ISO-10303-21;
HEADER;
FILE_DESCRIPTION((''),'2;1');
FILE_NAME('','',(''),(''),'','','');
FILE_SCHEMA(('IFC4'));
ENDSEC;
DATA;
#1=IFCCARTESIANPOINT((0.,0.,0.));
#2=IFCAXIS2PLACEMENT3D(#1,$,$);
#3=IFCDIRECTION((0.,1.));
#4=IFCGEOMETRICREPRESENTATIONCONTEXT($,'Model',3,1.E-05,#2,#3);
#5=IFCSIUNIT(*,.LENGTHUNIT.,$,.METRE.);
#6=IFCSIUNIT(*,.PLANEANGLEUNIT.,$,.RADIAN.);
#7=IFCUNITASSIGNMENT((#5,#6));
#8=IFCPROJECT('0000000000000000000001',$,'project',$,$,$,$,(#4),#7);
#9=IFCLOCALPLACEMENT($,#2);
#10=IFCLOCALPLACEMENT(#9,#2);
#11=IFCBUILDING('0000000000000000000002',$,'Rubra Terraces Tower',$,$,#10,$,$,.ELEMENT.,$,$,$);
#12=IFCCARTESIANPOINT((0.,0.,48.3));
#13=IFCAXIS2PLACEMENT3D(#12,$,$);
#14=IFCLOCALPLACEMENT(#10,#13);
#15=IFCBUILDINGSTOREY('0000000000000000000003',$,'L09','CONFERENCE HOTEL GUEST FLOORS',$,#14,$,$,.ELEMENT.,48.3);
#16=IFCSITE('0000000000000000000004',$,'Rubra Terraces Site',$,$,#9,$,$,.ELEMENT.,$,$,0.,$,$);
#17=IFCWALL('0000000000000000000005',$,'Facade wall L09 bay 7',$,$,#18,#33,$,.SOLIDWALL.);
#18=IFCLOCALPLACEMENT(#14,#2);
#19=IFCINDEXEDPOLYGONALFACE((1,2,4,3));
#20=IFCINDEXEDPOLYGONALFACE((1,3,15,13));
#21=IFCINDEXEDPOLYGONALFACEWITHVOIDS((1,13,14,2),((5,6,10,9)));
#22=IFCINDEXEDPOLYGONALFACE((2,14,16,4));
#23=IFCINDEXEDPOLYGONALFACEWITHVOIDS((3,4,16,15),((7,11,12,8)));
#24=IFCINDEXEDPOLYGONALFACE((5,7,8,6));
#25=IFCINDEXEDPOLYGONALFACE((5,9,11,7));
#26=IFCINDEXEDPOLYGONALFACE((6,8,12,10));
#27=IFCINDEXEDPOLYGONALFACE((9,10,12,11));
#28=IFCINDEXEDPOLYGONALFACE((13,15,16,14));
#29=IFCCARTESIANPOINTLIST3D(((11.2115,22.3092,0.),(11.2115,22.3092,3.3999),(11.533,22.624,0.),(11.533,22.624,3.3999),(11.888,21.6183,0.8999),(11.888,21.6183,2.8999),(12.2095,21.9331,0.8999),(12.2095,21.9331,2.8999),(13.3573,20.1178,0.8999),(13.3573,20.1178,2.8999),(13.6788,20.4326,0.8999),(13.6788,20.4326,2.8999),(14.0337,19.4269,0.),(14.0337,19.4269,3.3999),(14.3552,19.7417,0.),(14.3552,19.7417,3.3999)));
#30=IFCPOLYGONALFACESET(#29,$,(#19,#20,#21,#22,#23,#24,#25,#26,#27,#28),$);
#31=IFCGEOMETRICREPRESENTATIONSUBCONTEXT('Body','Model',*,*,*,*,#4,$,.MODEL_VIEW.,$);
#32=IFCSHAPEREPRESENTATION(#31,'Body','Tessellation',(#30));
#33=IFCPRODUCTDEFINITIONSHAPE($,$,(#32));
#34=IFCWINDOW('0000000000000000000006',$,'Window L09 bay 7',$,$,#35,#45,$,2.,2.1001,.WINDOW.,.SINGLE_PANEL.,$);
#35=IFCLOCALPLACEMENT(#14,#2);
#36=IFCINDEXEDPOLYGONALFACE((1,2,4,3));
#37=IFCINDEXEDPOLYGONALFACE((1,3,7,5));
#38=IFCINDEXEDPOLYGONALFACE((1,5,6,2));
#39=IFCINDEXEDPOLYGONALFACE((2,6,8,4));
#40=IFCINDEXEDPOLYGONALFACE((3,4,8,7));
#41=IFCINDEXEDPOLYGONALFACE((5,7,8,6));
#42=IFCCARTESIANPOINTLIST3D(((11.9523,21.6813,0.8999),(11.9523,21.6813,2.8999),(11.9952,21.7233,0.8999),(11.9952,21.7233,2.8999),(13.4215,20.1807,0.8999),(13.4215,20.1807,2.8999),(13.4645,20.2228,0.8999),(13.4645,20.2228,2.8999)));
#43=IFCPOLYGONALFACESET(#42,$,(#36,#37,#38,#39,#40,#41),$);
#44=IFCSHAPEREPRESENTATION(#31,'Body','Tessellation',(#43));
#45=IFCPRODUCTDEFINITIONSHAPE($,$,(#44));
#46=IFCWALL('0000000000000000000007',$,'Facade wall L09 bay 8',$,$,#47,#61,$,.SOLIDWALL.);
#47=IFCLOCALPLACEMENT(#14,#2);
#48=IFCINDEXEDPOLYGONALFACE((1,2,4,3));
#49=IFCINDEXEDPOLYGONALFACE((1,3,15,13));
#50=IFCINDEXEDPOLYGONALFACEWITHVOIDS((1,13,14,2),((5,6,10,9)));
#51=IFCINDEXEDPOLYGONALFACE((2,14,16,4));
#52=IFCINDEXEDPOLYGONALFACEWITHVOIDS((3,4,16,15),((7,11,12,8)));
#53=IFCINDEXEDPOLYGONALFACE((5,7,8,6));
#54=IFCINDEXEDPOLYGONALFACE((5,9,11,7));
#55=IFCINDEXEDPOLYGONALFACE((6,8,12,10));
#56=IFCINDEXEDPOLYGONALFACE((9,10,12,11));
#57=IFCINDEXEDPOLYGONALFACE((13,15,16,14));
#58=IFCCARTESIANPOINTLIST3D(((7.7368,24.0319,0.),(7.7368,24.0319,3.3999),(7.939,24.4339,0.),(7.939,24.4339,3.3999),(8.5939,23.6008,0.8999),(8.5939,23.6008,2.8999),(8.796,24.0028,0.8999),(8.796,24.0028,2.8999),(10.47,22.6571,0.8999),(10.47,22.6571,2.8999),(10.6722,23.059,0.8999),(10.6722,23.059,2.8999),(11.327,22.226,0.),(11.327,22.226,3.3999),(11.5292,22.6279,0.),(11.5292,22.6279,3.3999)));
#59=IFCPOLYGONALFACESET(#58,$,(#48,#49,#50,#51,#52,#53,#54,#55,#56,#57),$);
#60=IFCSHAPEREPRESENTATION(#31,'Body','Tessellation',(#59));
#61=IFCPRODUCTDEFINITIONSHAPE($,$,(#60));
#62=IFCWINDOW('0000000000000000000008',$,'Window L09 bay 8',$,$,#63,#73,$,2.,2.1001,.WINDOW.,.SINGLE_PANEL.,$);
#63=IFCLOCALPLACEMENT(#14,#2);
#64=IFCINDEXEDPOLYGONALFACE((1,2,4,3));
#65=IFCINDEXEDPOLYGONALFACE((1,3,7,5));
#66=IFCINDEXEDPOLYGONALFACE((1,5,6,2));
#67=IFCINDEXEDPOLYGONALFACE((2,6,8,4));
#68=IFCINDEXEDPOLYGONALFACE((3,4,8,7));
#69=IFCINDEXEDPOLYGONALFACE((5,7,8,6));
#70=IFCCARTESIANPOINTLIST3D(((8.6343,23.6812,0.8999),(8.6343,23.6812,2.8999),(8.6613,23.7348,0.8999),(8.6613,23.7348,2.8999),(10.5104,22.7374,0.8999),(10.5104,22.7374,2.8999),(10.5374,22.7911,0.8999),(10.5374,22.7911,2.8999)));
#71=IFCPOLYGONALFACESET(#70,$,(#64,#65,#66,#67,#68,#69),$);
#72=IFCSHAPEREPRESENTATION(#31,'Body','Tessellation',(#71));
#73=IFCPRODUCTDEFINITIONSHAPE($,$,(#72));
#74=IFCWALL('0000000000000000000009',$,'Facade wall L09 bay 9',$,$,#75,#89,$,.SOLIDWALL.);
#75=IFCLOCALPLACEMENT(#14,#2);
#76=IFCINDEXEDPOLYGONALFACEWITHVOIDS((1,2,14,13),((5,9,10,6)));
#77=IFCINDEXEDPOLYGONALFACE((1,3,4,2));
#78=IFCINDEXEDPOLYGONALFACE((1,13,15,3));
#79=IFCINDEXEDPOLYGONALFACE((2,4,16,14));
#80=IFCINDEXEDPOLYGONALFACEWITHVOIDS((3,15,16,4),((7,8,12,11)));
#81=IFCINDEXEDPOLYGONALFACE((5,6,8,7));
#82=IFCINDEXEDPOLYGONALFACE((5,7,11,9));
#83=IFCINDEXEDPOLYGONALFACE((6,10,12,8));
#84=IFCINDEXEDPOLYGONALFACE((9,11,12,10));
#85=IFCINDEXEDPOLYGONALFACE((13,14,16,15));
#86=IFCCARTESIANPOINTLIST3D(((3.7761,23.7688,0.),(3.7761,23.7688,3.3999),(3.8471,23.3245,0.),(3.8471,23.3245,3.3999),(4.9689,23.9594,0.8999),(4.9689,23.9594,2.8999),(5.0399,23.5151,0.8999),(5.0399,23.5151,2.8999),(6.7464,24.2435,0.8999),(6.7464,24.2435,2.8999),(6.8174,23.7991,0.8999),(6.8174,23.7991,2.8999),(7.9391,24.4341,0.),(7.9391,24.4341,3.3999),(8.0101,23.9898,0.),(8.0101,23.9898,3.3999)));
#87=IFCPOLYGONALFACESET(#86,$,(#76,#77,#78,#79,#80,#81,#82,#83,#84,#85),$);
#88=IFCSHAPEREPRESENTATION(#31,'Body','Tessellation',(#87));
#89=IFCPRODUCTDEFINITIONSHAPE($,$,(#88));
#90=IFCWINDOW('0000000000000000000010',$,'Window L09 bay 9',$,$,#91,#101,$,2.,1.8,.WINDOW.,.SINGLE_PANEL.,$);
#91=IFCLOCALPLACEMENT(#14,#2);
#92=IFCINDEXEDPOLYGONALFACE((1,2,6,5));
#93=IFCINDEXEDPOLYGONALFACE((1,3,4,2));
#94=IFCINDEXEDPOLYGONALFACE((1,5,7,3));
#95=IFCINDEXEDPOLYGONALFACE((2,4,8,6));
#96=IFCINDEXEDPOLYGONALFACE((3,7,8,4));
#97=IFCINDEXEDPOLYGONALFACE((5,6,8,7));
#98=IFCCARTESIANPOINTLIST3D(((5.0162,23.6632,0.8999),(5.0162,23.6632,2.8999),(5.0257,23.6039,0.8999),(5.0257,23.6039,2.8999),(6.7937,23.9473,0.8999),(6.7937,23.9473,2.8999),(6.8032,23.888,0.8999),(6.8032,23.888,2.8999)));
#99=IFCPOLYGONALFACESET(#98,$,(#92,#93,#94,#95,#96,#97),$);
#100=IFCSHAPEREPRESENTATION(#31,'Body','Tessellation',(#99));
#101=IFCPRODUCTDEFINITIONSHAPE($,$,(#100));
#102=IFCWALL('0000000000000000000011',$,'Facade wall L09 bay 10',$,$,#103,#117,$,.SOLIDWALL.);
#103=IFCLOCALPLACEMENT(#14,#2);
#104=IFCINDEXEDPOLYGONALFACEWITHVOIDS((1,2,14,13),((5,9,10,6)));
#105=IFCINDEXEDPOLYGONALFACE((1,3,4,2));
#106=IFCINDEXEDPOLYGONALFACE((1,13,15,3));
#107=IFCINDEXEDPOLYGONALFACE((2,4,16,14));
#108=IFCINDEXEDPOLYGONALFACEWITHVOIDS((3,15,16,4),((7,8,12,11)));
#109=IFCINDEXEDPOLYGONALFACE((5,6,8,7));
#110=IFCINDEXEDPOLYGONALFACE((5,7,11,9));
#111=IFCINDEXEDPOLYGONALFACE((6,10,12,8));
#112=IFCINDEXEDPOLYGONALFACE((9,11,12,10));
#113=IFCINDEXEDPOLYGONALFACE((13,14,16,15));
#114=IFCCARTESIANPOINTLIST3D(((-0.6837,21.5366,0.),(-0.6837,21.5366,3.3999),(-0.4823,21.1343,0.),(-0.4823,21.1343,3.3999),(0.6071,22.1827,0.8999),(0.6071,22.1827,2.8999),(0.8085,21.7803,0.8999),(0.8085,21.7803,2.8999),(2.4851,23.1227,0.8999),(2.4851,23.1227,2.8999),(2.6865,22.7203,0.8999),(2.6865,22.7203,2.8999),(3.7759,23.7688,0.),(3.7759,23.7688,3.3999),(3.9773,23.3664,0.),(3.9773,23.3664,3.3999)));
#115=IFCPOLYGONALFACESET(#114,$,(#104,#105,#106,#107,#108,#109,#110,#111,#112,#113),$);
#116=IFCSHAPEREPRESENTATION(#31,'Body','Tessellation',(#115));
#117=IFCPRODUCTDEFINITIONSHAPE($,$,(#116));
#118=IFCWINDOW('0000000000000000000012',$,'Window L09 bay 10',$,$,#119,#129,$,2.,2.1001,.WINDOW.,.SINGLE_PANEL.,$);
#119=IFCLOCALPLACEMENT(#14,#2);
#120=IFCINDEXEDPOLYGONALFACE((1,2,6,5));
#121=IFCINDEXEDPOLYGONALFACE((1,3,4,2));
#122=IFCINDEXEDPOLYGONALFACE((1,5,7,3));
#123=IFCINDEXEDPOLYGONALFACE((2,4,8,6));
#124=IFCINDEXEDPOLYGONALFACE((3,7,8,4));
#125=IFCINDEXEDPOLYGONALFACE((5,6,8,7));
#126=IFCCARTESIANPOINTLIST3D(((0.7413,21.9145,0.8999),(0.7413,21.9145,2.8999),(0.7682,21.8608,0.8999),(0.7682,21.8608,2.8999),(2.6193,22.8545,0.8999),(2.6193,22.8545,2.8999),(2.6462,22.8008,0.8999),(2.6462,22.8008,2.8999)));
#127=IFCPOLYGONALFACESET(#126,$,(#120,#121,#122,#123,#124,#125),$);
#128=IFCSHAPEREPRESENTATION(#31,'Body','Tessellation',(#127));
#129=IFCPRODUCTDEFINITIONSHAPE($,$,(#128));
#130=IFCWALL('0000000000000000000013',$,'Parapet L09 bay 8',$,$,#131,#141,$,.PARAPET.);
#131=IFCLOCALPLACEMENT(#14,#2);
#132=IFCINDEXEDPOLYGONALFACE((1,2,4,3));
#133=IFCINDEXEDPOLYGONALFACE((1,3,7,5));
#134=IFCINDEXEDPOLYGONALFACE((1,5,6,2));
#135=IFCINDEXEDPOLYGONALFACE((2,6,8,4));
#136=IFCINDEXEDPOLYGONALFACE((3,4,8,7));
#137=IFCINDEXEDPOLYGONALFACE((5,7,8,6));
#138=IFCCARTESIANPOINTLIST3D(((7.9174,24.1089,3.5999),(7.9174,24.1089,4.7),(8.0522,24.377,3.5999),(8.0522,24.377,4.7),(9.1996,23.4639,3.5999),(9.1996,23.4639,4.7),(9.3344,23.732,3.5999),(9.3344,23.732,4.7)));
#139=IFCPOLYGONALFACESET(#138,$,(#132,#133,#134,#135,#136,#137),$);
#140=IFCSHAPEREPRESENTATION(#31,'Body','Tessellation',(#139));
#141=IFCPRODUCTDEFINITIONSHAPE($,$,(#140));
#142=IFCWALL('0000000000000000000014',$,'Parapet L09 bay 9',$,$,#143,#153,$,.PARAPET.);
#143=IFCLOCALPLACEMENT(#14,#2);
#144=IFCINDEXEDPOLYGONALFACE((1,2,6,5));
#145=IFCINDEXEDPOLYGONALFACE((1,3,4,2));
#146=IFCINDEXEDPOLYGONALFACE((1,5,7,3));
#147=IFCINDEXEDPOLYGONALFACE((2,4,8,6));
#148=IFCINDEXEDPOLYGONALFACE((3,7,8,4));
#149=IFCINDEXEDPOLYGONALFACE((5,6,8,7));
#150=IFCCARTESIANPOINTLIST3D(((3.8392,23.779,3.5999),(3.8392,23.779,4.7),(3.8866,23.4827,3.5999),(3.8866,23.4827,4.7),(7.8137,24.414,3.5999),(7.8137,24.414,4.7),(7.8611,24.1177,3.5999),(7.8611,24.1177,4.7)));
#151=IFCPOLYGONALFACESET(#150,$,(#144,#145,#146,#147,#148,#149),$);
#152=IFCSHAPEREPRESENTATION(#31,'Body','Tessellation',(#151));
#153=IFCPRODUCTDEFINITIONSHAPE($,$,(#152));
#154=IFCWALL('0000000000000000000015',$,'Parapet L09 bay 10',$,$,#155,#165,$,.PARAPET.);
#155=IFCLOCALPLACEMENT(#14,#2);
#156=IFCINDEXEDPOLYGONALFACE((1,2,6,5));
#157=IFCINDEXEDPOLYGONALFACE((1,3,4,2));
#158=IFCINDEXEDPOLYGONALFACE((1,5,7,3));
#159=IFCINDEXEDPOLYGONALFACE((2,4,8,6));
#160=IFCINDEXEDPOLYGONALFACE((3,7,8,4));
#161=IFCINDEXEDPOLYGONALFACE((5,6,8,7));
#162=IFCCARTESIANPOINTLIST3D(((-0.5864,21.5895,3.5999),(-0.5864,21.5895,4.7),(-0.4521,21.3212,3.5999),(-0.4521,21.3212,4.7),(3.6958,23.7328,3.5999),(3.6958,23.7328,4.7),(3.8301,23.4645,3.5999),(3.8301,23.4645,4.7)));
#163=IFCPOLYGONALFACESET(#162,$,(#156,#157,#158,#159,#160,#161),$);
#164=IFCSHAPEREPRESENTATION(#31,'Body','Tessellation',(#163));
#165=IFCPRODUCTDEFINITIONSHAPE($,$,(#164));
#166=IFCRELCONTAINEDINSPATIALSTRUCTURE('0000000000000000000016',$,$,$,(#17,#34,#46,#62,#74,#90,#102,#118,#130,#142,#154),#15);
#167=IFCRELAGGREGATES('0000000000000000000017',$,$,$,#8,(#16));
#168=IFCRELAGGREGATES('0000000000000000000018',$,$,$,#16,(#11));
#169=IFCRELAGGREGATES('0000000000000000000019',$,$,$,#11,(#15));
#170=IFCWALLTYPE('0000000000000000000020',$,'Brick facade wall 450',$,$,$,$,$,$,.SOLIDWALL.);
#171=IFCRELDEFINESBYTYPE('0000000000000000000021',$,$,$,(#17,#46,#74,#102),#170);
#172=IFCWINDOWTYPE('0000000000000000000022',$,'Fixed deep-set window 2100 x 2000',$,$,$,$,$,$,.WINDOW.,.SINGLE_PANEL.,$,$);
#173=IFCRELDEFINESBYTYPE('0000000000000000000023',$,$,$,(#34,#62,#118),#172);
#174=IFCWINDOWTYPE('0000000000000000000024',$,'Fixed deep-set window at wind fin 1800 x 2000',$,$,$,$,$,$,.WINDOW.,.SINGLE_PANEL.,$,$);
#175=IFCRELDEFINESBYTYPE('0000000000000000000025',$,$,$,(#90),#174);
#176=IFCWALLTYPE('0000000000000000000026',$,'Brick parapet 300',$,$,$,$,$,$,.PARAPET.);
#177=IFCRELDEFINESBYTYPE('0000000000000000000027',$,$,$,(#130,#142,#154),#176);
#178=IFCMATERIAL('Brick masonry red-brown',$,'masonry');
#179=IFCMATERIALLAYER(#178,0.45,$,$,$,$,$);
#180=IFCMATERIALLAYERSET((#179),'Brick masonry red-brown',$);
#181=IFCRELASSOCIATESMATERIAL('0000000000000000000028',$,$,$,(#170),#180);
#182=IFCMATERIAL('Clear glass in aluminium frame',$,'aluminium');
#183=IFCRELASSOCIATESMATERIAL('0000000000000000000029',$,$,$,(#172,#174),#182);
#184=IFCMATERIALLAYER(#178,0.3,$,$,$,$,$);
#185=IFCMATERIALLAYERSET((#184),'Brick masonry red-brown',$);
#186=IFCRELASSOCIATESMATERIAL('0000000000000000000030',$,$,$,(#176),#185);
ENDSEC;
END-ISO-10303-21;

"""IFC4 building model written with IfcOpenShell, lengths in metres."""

from ifc_helpers import new_model, si_unit, direction, frame, frame_2d, origin, place, context, subcontext, project, spatial, rectangle, extrude, material, layer, layer_set, type_object, element, fill, save


model = new_model("IFC4")

# Units and contexts
model_context = context("Model", 3, precision=1e-05, world=origin(), true_north=direction((0.0, 1.0)))
body_context = subcontext(model_context, "Body", "Model", "MODEL_VIEW")
ifc_project = project(units=[si_unit("LENGTHUNIT", "METRE"), si_unit("PLANEANGLEUNIT", "RADIAN")], contexts=[model_context])

# Site, building, storey
site_placement = place(None, origin())
site = spatial("IfcSite", under=ifc_project, at=site_placement, Name="Rubra Terraces Site", CompositionType="ELEMENT", RefElevation=0.0)
building_placement = place(site_placement, origin())
building = spatial("IfcBuilding", under=site, at=building_placement, Name="Rubra Terraces Tower", CompositionType="ELEMENT")
storey_placement = place(building_placement, frame((0.0, 0.0, 48.3)))
storey = spatial("IfcBuildingStorey", under=building, at=storey_placement, Name="L09", Description="CONFERENCE HOTEL GUEST FLOORS", CompositionType="ELEMENT", Elevation=48.3)

# Walls, openings, windows
ifc_material_1 = material(Name="Brick masonry red-brown", Category="masonry")
ifc_layer_1 = layer(ifc_material_1, 0.45)
ifc_layer_set_1 = layer_set([ifc_layer_1], Name="Brick masonry red-brown")
wall_type_1 = type_object("IfcWallType", Name="Brick facade wall 450", PredefinedType="SOLIDWALL", material=ifc_layer_set_1)
wall_1_placement = place(storey_placement, frame((14.1946, 19.5842, 0.0), z_axis=(0.0, 0.0, 1.0), x_axis=(-0.699624, 0.714512, 0.0)))
wall_1 = element("IfcWall", 1, at=wall_1_placement, inside=storey, type_object=wall_type_1, Name="Facade wall L09 bay 7", PredefinedType="SOLIDWALL", context=body_context, shape_type="SweptSolid", body=[
    extrude(rectangle(XDim=4.0339, YDim=0.45, at=frame_2d((2.0171, 0.0))), origin(), (0.0, 0.0, 1.0), 3.3999),
])
opening_1_placement = place(wall_1_placement, frame((0.967, 0.0, 0.8999)))
opening_1 = element("IfcOpeningElement", 2, at=opening_1_placement, cuts=wall_1, PredefinedType="OPENING", context=body_context, shape_type="SweptSolid", body=[
    extrude(rectangle(XDim=2.1001, YDim=2.0, at=frame_2d((1.05, 1.0))), frame((0.0, 0.2349, 0.0), z_axis=(0.0, -1.0, 0.0), x_axis=(1.0, 0.0, 0.0)), (0.0, 0.0, 1.0), 0.47),
])
ifc_material_2 = material(Name="Clear glass in aluminium frame", Category="aluminium")
window_type_1 = type_object("IfcWindowType", Name="Fixed deep-set window 2100 x 2000", PartitioningType="SINGLE_PANEL", PredefinedType="WINDOW", material=ifc_material_2)
window_1_placement = place(opening_1_placement, origin())
window_1 = element("IfcWindow", 3, at=window_1_placement, inside=storey, type_object=window_type_1, Name="Window L09 bay 7", OverallHeight=2.0, OverallWidth=2.1001, PartitioningType="SINGLE_PANEL", PredefinedType="WINDOW", context=body_context, shape_type="SweptSolid", body=[
    extrude(rectangle(XDim=2.1001, YDim=2.0, at=frame_2d((1.05, 1.0))), frame((0.0, 0.135, 0.0), z_axis=(0.0, -1.0, 0.0), x_axis=(1.0, 0.0, 0.0)), (0.0, 0.0, 1.0), 0.0601),
])
fill(opening_1, window_1)
wall_2_placement = place(storey_placement, frame((11.428, 22.427, 0.0), z_axis=(0.0, 0.0, 1.0), x_axis=(-0.893343, 0.449375, 0.0)))
wall_2 = element("IfcWall", 4, at=wall_2_placement, inside=storey, type_object=wall_type_1, Name="Facade wall L09 bay 8", PredefinedType="SOLIDWALL", context=body_context, shape_type="SweptSolid", body=[
    extrude(rectangle(XDim=4.0188, YDim=0.45, at=frame_2d((2.0093, 0.0))), origin(), (0.0, 0.0, 1.0), 3.3999),
])
opening_2_placement = place(wall_2_placement, frame((0.9592, 0.0, 0.8999)))
opening_2 = element("IfcOpeningElement", 5, at=opening_2_placement, cuts=wall_2, PredefinedType="OPENING", context=body_context, shape_type="SweptSolid", body=[
    extrude(rectangle(XDim=2.1001, YDim=2.0, at=frame_2d((1.05, 1.0))), frame((0.0, 0.2349, 0.0), z_axis=(0.0, -1.0, 0.0), x_axis=(1.0, 0.0, 0.0)), (0.0, 0.0, 1.0), 0.47),
])
window_2_placement = place(opening_2_placement, origin())
window_2 = element("IfcWindow", 6, at=window_2_placement, inside=storey, type_object=window_type_1, Name="Window L09 bay 8", OverallHeight=2.0, OverallWidth=2.1001, PartitioningType="SINGLE_PANEL", PredefinedType="WINDOW", context=body_context, shape_type="SweptSolid", body=[
    extrude(rectangle(XDim=2.1001, YDim=2.0, at=frame_2d((1.05, 1.0))), frame((0.0, 0.135, 0.0), z_axis=(0.0, -1.0, 0.0), x_axis=(1.0, 0.0, 0.0)), (0.0, 0.0, 1.0), 0.0601),
])
fill(opening_2, window_2)
wall_3_placement = place(storey_placement, frame((7.9746, 24.2119, 0.0), z_axis=(0.0, 0.0, 1.0), x_axis=(-0.987471, -0.157803, 0.0)))
wall_3 = element("IfcWall", 7, at=wall_3_placement, inside=storey, type_object=wall_type_1, Name="Facade wall L09 bay 9", PredefinedType="SOLIDWALL", context=body_context, shape_type="SweptSolid", body=[
    extrude(rectangle(XDim=4.2158, YDim=0.45, at=frame_2d((2.1079, 0.0))), origin(), (0.0, 0.0, 1.0), 3.3999),
])
opening_3_placement = place(wall_3_placement, frame((1.208, 0.0, 0.8999)))
opening_3 = element("IfcOpeningElement", 8, at=opening_3_placement, cuts=wall_3, PredefinedType="OPENING", context=body_context, shape_type="SweptSolid", body=[
    extrude(rectangle(XDim=1.8, YDim=2.0, at=frame_2d((0.8999, 1.0))), frame((0.0, 0.2349, 0.0), z_axis=(0.0, -1.0, 0.0), x_axis=(1.0, 0.0, 0.0)), (0.0, 0.0, 1.0), 0.47),
])
window_type_2 = type_object("IfcWindowType", Name="Fixed deep-set window at wind fin 1800 x 2000", PartitioningType="SINGLE_PANEL", PredefinedType="WINDOW", material=ifc_material_2)
window_3_placement = place(opening_3_placement, origin())
window_3 = element("IfcWindow", 9, at=window_3_placement, inside=storey, type_object=window_type_2, Name="Window L09 bay 9", OverallHeight=2.0, OverallWidth=1.8, PartitioningType="SINGLE_PANEL", PredefinedType="WINDOW", context=body_context, shape_type="SweptSolid", body=[
    extrude(rectangle(XDim=1.8, YDim=2.0, at=frame_2d((0.8999, 1.0))), frame((0.0, 0.135, 0.0), z_axis=(0.0, -1.0, 0.0), x_axis=(1.0, 0.0, 0.0)), (0.0, 0.0, 1.0), 0.0601),
])
fill(opening_3, window_3)
wall_4_placement = place(storey_placement, frame((3.8767, 23.5676, 0.0), z_axis=(0.0, 0.0, 1.0), x_axis=(-0.894241, -0.447586, 0.0)))
wall_4 = element("IfcWall", 10, at=wall_4_placement, inside=storey, type_object=wall_type_1, Name="Facade wall L09 bay 10", PredefinedType="SOLIDWALL", context=body_context, shape_type="SweptSolid", body=[
    extrude(rectangle(XDim=4.9871, YDim=0.45, at=frame_2d((2.4937, 0.0))), origin(), (0.0, 0.0, 1.0), 3.3999),
])
opening_4_placement = place(wall_4_placement, frame((1.4436, 0.0, 0.8999)))
opening_4 = element("IfcOpeningElement", 11, at=opening_4_placement, cuts=wall_4, PredefinedType="OPENING", context=body_context, shape_type="SweptSolid", body=[
    extrude(rectangle(XDim=2.1001, YDim=2.0, at=frame_2d((1.05, 1.0))), frame((0.0, 0.2349, 0.0), z_axis=(0.0, -1.0, 0.0), x_axis=(1.0, 0.0, 0.0)), (0.0, 0.0, 1.0), 0.47),
])
window_4_placement = place(opening_4_placement, origin())
window_4 = element("IfcWindow", 12, at=window_4_placement, inside=storey, type_object=window_type_1, Name="Window L09 bay 10", OverallHeight=2.0, OverallWidth=2.1001, PartitioningType="SINGLE_PANEL", PredefinedType="WINDOW", context=body_context, shape_type="SweptSolid", body=[
    extrude(rectangle(XDim=2.1001, YDim=2.0, at=frame_2d((1.05, 1.0))), frame((0.0, 0.135, 0.0), z_axis=(0.0, -1.0, 0.0), x_axis=(1.0, 0.0, 0.0)), (0.0, 0.0, 1.0), 0.0601),
])
fill(opening_4, window_4)

# Walls
ifc_layer_2 = layer(ifc_material_1, 0.3)
ifc_layer_set_2 = layer_set([ifc_layer_2], Name="Brick masonry red-brown")
wall_type_2 = type_object("IfcWallType", Name="Brick parapet 300", PredefinedType="PARAPET", material=ifc_layer_set_2)
wall_5_placement = place(storey_placement, frame((9.2671, 23.5979, 3.5999), z_axis=(0.0, 0.0, 1.0), x_axis=(-0.893336, 0.449389, 0.0)))
element("IfcWall", 13, at=wall_5_placement, inside=storey, type_object=wall_type_2, Name="Parapet L09 bay 8", PredefinedType="PARAPET", context=body_context, shape_type="SweptSolid", body=[
    extrude(rectangle(XDim=1.4353, YDim=0.3, at=frame_2d((0.7178, 0.0))), origin(), (0.0, 0.0, 1.0), 1.1001),
])
wall_6_placement = place(storey_placement, frame((7.8374, 24.2659, 3.5999), z_axis=(0.0, 0.0, 1.0), x_axis=(-0.987477, -0.157766, 0.0)))
element("IfcWall", 14, at=wall_6_placement, inside=storey, type_object=wall_type_2, Name="Parapet L09 bay 9", PredefinedType="PARAPET", context=body_context, shape_type="SweptSolid", body=[
    extrude(rectangle(XDim=4.0249, YDim=0.3, at=frame_2d((2.0125, 0.0))), origin(), (0.0, 0.0, 1.0), 1.1001),
])
wall_7_placement = place(storey_placement, frame((3.7629, 23.5986, 3.5999), z_axis=(0.0, 0.0, 1.0), x_axis=(-0.894244, -0.447581, 0.0)))
element("IfcWall", 15, at=wall_7_placement, inside=storey, type_object=wall_type_2, Name="Parapet L09 bay 10", PredefinedType="PARAPET", context=body_context, shape_type="SweptSolid", body=[
    extrude(rectangle(XDim=4.7886, YDim=0.3, at=frame_2d((2.3943, 0.0))), origin(), (0.0, 0.0, 1.0), 1.1001),
])

save(model, "model.ifc")
